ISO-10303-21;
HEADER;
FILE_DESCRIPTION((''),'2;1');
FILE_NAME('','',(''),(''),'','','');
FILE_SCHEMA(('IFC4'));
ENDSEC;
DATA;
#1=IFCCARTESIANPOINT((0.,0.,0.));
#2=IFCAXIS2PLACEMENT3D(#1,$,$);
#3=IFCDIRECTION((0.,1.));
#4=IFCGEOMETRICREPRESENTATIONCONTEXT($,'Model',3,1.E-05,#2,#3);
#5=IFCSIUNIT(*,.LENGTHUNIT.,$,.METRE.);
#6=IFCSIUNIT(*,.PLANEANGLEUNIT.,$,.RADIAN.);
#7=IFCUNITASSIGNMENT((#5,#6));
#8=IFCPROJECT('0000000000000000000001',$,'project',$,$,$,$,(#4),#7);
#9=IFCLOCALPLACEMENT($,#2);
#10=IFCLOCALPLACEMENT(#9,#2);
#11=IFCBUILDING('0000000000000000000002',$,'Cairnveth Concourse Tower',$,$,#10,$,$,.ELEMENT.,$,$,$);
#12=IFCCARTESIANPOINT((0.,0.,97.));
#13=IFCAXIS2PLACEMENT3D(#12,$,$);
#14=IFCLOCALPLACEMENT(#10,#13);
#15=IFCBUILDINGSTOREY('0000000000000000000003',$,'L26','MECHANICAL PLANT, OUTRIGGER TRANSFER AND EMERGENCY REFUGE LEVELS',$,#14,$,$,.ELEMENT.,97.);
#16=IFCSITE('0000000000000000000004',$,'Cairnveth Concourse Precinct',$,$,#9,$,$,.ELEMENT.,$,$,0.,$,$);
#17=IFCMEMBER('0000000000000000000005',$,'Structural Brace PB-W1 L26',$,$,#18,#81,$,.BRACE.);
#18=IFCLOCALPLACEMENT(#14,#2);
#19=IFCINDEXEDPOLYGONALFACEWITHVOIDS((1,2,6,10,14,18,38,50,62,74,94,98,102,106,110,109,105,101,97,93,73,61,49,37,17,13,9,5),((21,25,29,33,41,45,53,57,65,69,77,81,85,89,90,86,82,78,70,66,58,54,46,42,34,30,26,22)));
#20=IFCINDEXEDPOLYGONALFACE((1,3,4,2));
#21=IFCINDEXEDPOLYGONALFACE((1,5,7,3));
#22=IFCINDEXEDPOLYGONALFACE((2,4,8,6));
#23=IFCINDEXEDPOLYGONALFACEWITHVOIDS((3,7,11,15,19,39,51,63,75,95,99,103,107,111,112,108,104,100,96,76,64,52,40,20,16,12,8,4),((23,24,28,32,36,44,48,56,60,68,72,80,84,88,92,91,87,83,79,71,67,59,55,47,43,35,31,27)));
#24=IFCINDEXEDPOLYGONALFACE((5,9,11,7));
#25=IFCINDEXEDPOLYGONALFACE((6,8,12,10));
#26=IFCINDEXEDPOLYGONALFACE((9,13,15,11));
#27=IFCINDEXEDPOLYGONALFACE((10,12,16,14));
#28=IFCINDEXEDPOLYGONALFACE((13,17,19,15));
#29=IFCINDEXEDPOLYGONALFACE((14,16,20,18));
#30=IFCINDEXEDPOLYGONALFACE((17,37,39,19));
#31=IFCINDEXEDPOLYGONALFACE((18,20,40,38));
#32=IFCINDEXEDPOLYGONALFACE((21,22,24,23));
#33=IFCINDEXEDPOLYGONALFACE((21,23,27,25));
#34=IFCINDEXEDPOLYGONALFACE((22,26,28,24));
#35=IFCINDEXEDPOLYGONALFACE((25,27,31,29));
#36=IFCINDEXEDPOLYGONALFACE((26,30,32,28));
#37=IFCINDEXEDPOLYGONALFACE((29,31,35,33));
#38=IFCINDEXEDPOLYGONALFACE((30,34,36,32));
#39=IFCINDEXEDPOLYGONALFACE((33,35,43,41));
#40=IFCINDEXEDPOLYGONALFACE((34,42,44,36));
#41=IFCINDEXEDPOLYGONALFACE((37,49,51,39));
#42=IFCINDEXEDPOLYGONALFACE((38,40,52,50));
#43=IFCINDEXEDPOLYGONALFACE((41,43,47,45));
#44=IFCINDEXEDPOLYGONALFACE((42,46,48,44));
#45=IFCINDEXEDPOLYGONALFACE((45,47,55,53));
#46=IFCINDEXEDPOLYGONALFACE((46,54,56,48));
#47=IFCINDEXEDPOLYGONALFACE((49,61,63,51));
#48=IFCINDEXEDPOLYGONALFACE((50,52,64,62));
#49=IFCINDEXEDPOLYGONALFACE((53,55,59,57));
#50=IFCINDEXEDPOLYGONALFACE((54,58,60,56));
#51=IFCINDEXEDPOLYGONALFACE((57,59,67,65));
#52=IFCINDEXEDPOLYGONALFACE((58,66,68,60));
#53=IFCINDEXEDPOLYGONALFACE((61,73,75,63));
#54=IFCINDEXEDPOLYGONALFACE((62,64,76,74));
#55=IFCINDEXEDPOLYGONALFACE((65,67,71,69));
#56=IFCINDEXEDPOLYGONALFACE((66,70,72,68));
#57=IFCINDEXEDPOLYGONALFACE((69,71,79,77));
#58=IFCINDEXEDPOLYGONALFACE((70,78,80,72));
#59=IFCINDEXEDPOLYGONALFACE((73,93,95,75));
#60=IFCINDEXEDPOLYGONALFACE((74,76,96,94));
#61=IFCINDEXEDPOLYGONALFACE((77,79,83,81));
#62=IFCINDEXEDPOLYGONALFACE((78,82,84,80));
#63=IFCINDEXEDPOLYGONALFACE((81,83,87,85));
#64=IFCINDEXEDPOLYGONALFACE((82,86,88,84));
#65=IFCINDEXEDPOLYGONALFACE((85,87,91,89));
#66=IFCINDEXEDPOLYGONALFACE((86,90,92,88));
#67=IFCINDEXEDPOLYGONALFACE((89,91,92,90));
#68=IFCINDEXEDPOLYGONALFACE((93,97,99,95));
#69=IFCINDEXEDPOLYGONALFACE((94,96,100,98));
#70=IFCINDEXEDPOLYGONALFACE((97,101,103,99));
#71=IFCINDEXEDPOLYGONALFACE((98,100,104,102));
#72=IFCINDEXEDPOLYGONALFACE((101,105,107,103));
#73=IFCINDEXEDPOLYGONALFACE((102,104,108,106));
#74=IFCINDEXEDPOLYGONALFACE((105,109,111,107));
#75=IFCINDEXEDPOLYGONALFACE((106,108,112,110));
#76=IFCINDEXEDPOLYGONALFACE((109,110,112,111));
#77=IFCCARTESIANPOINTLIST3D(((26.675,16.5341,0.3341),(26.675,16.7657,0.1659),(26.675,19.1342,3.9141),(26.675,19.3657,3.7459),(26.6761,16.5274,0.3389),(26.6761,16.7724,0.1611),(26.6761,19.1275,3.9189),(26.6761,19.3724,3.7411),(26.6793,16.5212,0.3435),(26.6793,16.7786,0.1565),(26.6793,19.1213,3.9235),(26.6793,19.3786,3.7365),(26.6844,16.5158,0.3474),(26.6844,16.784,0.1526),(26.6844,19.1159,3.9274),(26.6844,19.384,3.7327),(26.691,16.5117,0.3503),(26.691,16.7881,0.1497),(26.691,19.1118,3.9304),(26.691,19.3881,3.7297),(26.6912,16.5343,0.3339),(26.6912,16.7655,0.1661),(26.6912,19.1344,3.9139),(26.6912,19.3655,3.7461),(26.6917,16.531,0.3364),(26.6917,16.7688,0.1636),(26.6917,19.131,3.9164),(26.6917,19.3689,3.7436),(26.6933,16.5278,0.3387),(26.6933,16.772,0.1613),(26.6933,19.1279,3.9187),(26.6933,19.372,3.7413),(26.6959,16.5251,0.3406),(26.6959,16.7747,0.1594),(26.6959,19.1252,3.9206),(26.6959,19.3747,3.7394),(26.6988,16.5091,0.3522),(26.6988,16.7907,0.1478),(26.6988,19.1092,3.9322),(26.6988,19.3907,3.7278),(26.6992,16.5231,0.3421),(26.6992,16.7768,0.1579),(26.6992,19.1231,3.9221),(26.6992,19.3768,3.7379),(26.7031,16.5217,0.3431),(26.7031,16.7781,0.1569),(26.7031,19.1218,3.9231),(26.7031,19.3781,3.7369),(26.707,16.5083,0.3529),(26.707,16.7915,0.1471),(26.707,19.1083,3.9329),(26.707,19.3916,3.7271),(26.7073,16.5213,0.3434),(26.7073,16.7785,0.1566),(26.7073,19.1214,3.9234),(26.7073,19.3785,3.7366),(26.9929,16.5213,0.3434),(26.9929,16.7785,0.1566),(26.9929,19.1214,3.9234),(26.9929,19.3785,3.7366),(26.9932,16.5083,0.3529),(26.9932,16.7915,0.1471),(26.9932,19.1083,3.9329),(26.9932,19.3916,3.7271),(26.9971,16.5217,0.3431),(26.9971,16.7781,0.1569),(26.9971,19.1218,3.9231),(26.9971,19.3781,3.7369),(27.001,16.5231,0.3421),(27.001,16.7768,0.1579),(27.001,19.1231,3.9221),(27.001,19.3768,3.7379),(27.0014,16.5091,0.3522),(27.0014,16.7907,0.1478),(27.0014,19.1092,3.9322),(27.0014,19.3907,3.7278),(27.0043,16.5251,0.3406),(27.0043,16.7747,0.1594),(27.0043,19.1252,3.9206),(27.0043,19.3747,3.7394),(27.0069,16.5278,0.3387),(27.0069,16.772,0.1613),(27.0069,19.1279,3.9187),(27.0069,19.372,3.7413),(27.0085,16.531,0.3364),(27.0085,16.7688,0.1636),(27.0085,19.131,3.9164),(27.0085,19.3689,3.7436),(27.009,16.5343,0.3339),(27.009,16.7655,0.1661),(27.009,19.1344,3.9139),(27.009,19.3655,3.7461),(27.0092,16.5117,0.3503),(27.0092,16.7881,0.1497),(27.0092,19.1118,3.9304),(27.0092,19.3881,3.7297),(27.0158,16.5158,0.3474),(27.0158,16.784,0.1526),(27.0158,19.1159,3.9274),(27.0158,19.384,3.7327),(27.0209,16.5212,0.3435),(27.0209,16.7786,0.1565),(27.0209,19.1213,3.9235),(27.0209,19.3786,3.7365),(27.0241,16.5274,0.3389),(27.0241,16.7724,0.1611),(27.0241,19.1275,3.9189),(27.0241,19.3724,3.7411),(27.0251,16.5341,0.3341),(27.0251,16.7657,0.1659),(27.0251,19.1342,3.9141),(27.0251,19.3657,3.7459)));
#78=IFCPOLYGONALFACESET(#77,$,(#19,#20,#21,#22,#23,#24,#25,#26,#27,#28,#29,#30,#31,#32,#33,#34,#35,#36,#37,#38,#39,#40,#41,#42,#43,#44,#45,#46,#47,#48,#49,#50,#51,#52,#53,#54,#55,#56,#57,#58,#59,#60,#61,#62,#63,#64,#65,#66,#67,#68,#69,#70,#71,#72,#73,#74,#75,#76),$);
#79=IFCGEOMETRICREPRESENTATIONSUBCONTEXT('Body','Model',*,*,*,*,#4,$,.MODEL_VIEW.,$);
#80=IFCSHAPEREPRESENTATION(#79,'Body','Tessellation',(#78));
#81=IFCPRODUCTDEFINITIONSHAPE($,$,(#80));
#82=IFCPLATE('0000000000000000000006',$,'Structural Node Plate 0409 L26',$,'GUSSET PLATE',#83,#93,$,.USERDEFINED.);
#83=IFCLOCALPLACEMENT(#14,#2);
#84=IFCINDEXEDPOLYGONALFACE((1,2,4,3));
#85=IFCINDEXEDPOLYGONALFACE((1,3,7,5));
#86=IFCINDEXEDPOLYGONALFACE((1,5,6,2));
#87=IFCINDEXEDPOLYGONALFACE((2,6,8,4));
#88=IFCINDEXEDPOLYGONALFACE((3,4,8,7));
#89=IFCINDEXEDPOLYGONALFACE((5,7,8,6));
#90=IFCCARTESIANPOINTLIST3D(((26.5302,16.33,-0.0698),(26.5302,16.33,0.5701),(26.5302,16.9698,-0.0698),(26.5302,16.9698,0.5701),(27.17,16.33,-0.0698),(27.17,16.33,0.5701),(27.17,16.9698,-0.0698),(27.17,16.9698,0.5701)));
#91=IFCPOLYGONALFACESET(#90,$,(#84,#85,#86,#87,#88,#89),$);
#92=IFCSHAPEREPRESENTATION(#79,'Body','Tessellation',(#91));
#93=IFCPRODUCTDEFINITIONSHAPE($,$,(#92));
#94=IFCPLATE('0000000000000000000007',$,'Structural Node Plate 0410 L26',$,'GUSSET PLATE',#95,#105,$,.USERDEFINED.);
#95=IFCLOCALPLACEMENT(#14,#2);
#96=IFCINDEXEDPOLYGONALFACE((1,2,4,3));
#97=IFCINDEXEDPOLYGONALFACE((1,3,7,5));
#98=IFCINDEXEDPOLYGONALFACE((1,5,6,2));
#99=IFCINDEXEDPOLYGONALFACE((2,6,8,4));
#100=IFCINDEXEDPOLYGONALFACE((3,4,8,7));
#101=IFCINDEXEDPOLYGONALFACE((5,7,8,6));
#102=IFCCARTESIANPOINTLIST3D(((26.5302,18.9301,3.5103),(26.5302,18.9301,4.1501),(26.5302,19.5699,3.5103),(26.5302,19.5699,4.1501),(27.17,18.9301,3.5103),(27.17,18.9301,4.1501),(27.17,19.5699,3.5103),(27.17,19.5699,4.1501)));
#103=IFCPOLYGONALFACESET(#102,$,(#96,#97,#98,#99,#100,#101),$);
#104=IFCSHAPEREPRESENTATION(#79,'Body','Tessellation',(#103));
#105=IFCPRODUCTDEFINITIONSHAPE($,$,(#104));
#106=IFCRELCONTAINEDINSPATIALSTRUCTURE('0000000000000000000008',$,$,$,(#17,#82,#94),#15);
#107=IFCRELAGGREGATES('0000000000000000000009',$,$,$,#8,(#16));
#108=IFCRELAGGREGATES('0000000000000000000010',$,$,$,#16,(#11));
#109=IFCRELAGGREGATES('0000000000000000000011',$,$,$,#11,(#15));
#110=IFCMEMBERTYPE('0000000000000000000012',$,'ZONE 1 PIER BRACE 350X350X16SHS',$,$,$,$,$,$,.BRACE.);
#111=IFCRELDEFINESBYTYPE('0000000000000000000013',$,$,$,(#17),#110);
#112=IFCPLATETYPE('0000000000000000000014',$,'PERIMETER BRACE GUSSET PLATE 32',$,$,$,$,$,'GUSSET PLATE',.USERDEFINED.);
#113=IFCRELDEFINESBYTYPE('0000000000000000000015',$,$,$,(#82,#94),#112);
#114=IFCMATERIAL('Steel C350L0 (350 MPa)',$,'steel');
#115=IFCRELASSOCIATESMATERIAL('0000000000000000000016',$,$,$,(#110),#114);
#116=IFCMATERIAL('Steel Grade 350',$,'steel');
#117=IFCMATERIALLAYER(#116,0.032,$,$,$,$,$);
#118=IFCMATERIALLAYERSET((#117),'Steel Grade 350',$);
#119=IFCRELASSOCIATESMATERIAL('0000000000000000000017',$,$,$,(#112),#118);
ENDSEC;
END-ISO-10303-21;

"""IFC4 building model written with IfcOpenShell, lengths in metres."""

from ifc_helpers import new_model, si_unit, direction, frame, origin, origin_2d, place, context, subcontext, project, spatial, rectangle, hollow_rectangle, extrude, material, layer, layer_set, material_profile, profile_set, type_object, element, save


model = new_model("IFC4")

# Units and contexts
model_context = context("Model", 3, precision=1e-05, world=origin(), true_north=direction((0.0, 1.0)))
body_context = subcontext(model_context, "Body", "Model", "MODEL_VIEW")
ifc_project = project(units=[si_unit("LENGTHUNIT", "METRE"), si_unit("PLANEANGLEUNIT", "RADIAN")], contexts=[model_context])

# Site, building, storey
site_placement = place(None, origin())
site = spatial("IfcSite", under=ifc_project, at=site_placement, Name="Cairnveth Concourse Precinct", CompositionType="ELEMENT", RefElevation=0.0)
building_placement = place(site_placement, origin())
building = spatial("IfcBuilding", under=site, at=building_placement, Name="Cairnveth Concourse Tower", CompositionType="ELEMENT")
storey_placement = place(building_placement, frame((0.0, 0.0, 97.0)))
storey = spatial("IfcBuildingStorey", under=building, at=storey_placement, Name="L26", Description="MECHANICAL PLANT, OUTRIGGER TRANSFER AND EMERGENCY REFUGE LEVELS", CompositionType="ELEMENT", Elevation=97.0)

# Shared definitions
ifc_material_1 = material(Name="Steel Grade 350", Category="steel")

# Member
ifc_material_2 = material(Name="Steel C350L0 (350 MPa)", Category="steel")
ifc_material_profile_1 = material_profile(ifc_material_2, hollow_rectangle(XDim=0.3501, YDim=0.3501, WallThickness=0.0161, InnerFilletRadius=0.0161, OuterFilletRadius=0.032, at=origin_2d()), Name="350x350x16.0SHS")
ifc_profile_set_1 = profile_set([ifc_material_profile_1], Name="Steel C350L0 (350 MPa)")
member_type = type_object("IfcMemberType", Name="ZONE 1 PIER BRACE 350X350X16SHS", PredefinedType="BRACE", material=ifc_profile_set_1)
member_placement = place(storey_placement, frame((26.8501, 16.6499, 0.25), z_axis=(0.0, 0.58764, 0.809122), x_axis=(-1.0, 0.0, 0.0)))
element("IfcMember", 1, at=member_placement, inside=storey, type_object=member_type, Name="Structural Brace PB-W1 L26", PredefinedType="BRACE", context=body_context, shape_type="SweptSolid", body=[
    extrude(hollow_rectangle(XDim=0.3501, YDim=0.3501, WallThickness=0.0161, InnerFilletRadius=0.0161, OuterFilletRadius=0.032, at=origin_2d()), origin(), (0.0, 0.0, 1.0), 4.4246),
])

# Plates
ifc_layer_1 = layer(ifc_material_1, 0.032)
ifc_layer_set_1 = layer_set([ifc_layer_1], Name="Steel Grade 350")
plate_type = type_object("IfcPlateType", Name="PERIMETER BRACE GUSSET PLATE 32", ElementType="GUSSET PLATE", PredefinedType="USERDEFINED", material=ifc_layer_set_1)
for number, where, z_axis, x_axis, name in (
    (2, (26.8501, 16.6499, -0.0698), (0.0, 0.0, 1.0), (1.0, 0.0, 0.0), "Structural Node Plate 0409 L26"),
    (3, (26.8501, 19.25, 3.5103), (0.0, 0.0, 1.0), (1.0, 0.0, 0.0), "Structural Node Plate 0410 L26"),
):
    element("IfcPlate", number, at=place(storey_placement, frame(where, z_axis=z_axis, x_axis=x_axis)), inside=storey, type_object=plate_type, Name=name, ObjectType="GUSSET PLATE", PredefinedType="USERDEFINED", context=body_context, shape_type="SweptSolid", body=[
        extrude(rectangle(XDim=0.6399, YDim=0.6399, at=origin_2d()), origin(), (0.0, 0.0, 1.0), 0.6399),
    ])

save(model, "model.ifc")
